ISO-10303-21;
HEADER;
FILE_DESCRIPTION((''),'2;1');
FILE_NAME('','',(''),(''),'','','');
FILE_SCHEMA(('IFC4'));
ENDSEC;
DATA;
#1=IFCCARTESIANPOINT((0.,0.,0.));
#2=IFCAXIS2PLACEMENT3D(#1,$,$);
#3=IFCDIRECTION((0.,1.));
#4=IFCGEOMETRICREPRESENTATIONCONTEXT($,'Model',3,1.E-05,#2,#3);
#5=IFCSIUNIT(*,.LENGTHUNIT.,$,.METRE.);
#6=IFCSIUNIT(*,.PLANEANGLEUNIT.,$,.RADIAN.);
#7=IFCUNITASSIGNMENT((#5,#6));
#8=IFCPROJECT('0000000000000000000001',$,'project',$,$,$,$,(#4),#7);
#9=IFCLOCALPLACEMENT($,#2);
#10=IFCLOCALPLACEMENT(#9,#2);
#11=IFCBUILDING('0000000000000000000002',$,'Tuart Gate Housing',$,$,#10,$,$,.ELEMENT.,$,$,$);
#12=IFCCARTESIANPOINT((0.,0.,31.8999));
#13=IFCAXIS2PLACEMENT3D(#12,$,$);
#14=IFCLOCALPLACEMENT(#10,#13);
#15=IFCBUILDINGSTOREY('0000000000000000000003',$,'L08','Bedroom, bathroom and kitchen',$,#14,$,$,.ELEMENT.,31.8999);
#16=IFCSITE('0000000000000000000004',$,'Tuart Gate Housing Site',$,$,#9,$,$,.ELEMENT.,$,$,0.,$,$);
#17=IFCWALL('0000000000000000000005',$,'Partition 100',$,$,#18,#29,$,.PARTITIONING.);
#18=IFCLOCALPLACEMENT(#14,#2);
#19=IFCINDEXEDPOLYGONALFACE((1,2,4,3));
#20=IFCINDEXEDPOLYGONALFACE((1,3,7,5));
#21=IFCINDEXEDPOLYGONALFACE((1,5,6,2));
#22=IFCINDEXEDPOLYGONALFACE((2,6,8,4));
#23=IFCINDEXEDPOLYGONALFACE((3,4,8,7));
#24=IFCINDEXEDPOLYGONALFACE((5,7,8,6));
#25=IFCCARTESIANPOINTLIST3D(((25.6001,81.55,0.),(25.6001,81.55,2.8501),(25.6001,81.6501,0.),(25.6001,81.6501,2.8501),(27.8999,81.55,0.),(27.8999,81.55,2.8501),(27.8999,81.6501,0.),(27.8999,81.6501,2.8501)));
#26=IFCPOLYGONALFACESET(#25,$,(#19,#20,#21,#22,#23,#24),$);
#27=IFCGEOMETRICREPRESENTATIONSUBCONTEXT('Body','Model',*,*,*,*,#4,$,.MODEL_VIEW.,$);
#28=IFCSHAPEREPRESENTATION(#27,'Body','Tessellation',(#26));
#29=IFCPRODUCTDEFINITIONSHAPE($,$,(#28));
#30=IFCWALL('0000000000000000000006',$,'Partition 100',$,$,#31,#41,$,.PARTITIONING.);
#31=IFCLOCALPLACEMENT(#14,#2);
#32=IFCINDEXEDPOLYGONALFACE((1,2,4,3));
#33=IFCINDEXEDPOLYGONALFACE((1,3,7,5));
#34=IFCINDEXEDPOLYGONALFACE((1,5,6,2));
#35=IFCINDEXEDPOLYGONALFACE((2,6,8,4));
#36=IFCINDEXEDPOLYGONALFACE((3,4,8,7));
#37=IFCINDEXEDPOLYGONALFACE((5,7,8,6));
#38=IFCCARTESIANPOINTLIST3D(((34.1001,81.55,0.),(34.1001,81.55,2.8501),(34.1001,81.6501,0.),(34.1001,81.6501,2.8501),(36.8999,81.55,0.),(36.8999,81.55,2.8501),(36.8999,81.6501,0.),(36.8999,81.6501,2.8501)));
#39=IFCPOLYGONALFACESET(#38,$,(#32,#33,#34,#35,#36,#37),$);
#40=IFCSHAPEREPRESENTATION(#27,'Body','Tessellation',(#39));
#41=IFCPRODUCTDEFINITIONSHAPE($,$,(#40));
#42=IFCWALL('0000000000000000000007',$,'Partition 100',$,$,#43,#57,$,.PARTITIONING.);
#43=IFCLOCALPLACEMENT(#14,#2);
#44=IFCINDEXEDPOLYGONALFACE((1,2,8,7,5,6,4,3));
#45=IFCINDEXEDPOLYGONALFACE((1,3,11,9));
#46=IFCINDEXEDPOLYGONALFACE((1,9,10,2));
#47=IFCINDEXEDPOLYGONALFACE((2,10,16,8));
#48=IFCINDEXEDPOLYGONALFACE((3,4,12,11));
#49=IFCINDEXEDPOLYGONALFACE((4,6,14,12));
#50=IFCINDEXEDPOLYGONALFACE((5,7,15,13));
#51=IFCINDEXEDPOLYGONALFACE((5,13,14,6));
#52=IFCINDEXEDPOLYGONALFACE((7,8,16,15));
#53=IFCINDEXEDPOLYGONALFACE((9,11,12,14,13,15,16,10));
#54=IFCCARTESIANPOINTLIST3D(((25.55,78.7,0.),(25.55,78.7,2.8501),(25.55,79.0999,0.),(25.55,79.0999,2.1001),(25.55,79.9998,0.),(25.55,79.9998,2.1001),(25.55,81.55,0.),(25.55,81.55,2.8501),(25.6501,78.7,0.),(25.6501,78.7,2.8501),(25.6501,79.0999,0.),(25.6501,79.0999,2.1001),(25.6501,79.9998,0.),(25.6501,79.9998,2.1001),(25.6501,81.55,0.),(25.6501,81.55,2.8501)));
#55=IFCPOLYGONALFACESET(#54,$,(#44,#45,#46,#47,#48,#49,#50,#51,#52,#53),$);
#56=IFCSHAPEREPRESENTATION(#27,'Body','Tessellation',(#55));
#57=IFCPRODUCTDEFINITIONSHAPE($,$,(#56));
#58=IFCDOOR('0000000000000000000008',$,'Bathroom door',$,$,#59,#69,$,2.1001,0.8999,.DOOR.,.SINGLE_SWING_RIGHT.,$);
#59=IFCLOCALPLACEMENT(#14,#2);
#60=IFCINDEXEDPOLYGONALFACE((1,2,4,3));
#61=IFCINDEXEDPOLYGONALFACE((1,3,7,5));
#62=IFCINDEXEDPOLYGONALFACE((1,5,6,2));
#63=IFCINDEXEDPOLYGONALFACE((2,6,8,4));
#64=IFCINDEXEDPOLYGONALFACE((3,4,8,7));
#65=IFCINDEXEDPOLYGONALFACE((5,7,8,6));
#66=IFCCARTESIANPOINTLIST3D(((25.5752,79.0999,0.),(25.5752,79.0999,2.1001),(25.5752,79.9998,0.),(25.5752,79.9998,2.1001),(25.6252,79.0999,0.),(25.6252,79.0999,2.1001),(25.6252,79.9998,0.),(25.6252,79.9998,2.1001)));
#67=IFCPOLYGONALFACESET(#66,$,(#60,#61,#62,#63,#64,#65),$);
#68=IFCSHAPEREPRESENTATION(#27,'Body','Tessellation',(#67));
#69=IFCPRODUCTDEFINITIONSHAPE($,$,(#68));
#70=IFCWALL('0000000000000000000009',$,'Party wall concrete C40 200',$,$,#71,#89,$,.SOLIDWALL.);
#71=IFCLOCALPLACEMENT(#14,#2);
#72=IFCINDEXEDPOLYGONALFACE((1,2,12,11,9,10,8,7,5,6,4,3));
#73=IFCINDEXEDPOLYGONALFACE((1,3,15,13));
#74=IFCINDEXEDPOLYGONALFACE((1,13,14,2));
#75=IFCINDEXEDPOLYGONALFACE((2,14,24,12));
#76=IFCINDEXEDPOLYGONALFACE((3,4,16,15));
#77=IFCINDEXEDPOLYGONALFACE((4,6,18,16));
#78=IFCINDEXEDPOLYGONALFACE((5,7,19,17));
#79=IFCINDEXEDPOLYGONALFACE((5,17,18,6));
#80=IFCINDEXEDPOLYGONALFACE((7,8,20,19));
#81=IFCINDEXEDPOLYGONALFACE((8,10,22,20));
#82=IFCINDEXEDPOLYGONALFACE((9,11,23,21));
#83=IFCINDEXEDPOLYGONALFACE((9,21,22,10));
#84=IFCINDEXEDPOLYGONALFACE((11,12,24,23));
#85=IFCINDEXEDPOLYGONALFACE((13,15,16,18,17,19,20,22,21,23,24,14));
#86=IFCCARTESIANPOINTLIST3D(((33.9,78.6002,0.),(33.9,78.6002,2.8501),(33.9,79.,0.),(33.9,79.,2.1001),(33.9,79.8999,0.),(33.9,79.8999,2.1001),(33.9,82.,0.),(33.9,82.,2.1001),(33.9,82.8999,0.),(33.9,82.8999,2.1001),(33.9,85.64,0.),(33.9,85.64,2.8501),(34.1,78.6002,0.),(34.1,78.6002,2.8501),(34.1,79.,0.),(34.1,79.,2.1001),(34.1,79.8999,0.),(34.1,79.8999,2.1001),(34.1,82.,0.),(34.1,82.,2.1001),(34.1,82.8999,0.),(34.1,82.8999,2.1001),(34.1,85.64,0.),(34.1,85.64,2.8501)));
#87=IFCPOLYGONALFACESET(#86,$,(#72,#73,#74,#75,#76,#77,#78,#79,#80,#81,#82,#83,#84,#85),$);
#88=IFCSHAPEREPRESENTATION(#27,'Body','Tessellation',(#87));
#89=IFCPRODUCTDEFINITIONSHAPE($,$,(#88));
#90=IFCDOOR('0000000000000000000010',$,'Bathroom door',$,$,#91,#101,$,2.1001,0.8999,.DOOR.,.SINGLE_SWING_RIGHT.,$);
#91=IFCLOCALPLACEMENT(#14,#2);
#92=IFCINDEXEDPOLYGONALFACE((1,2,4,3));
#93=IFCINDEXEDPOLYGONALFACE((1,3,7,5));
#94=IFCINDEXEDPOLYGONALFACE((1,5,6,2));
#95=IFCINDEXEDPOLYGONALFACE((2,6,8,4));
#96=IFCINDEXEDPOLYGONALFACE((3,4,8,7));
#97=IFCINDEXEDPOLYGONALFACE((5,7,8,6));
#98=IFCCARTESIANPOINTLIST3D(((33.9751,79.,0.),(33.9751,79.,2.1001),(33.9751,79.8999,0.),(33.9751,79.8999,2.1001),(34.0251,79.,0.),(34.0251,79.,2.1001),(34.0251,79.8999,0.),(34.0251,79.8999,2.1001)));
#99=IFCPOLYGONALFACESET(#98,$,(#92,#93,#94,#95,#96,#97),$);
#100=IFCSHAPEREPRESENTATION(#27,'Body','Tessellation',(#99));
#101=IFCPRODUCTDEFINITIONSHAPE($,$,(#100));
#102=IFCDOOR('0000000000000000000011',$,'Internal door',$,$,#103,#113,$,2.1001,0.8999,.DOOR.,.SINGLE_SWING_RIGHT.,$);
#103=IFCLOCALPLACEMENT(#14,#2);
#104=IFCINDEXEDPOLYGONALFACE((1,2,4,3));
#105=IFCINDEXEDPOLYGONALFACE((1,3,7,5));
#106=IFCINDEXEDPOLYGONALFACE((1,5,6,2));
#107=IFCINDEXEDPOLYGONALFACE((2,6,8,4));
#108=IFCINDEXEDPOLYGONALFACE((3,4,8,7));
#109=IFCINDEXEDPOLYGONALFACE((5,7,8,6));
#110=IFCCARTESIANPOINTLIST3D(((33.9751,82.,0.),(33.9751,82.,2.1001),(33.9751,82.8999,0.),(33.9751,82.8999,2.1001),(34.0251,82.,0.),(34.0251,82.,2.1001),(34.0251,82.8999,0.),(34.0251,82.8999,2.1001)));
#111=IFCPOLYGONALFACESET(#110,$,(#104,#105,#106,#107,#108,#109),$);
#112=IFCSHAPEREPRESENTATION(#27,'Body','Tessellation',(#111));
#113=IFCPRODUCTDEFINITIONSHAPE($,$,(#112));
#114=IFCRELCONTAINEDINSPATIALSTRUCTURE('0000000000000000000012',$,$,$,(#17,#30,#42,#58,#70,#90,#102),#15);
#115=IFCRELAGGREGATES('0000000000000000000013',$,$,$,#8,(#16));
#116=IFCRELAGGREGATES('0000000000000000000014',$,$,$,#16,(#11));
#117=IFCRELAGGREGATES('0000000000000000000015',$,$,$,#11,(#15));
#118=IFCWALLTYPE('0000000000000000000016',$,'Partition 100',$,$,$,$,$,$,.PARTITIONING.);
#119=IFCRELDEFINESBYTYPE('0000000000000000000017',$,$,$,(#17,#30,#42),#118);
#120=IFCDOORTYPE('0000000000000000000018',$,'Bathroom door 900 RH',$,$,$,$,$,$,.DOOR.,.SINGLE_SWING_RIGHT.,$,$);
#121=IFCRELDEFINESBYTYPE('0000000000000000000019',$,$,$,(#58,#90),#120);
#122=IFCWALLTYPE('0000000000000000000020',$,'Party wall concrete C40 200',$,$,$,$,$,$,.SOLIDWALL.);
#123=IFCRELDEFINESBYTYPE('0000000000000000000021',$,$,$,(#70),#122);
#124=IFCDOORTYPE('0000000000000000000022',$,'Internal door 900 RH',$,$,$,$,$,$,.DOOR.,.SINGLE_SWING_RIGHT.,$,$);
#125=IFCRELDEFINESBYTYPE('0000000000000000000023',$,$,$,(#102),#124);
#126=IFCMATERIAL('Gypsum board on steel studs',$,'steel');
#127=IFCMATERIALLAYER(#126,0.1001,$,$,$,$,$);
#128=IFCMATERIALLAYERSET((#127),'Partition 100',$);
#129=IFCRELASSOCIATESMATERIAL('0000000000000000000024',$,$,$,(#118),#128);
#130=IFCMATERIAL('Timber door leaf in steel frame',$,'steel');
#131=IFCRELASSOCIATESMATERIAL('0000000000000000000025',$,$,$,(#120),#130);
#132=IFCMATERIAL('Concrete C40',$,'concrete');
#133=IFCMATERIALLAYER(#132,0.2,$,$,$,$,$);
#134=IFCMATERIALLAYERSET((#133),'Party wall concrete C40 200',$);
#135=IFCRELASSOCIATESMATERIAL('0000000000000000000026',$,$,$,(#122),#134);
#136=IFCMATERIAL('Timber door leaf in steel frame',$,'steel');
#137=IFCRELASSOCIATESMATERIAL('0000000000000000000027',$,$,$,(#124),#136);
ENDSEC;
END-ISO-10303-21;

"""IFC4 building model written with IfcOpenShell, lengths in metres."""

from ifc_helpers import new_model, si_unit, direction, frame, frame_2d, origin, place, context, subcontext, project, spatial, rectangle, extrude, material, layer, layer_set, type_object, element, fill, save


model = new_model("IFC4")

# Units and contexts
model_context = context("Model", 3, precision=1e-05, world=origin(), true_north=direction((0.0, 1.0)))
body_context = subcontext(model_context, "Body", "Model", "MODEL_VIEW")
ifc_project = project(units=[si_unit("LENGTHUNIT", "METRE"), si_unit("PLANEANGLEUNIT", "RADIAN")], contexts=[model_context])

# Site, building, storey
site_placement = place(None, origin())
site = spatial("IfcSite", under=ifc_project, at=site_placement, Name="Tuart Gate Housing Site", CompositionType="ELEMENT", RefElevation=0.0)
building_placement = place(site_placement, origin())
building = spatial("IfcBuilding", under=site, at=building_placement, Name="Tuart Gate Housing", CompositionType="ELEMENT")
storey_placement = place(building_placement, frame((0.0, 0.0, 31.8999)))
storey = spatial("IfcBuildingStorey", under=building, at=storey_placement, Name="L08", Description="Bedroom, bathroom and kitchen", CompositionType="ELEMENT", Elevation=31.8999)

# Walls
ifc_material_1 = material(Name="Gypsum board on steel studs", Category="steel")
ifc_layer_1 = layer(ifc_material_1, 0.1001)
ifc_layer_set_1 = layer_set([ifc_layer_1], Name="Partition 100")
wall_type_1 = type_object("IfcWallType", Name="Partition 100", PredefinedType="PARTITIONING", material=ifc_layer_set_1)
wall_1_placement = place(storey_placement, frame((25.6001, 81.6001, 0.0), z_axis=(0.0, 0.0, 1.0), x_axis=(1.0, 0.0, 0.0)))
element("IfcWall", 1, at=wall_1_placement, inside=storey, type_object=wall_type_1, Name="Partition 100", PredefinedType="PARTITIONING", context=body_context, shape_type="SweptSolid", body=[
    extrude(rectangle(XDim=2.2998, YDim=0.1001, at=frame_2d((1.1499, 0.0))), origin(), (0.0, 0.0, 1.0), 2.8501),
])
wall_2_placement = place(storey_placement, frame((34.1001, 81.6001, 0.0), z_axis=(0.0, 0.0, 1.0), x_axis=(1.0, 0.0, 0.0)))
element("IfcWall", 2, at=wall_2_placement, inside=storey, type_object=wall_type_1, Name="Partition 100", PredefinedType="PARTITIONING", context=body_context, shape_type="SweptSolid", body=[
    extrude(rectangle(XDim=2.7998, YDim=0.1001, at=frame_2d((1.3999, 0.0))), origin(), (0.0, 0.0, 1.0), 2.8501),
])

# Wall, opening, door
wall_3_placement = place(storey_placement, frame((25.6001, 78.7, 0.0), z_axis=(0.0, 0.0, 1.0), x_axis=(0.0, 1.0, 0.0)))
wall_3 = element("IfcWall", 3, at=wall_3_placement, inside=storey, type_object=wall_type_1, Name="Partition 100", PredefinedType="PARTITIONING", context=body_context, shape_type="SweptSolid", body=[
    extrude(rectangle(XDim=2.8501, YDim=0.1001, at=frame_2d((1.425, 0.0))), origin(), (0.0, 0.0, 1.0), 2.8501),
])
opening_1_placement = place(wall_3_placement, frame((0.3999, 0.0, 0.0)))
opening_1 = element("IfcOpeningElement", 4, at=opening_1_placement, cuts=wall_3, PredefinedType="OPENING", context=body_context, shape_type="SweptSolid", body=[
    extrude(rectangle(XDim=0.8999, YDim=2.1001, at=frame_2d((0.45, 1.05))), frame((0.0, 0.0601, 0.0), z_axis=(0.0, -1.0, 0.0), x_axis=(1.0, 0.0, 0.0)), (0.0, 0.0, 1.0), 0.1201),
])
ifc_material_2 = material(Name="Timber door leaf in steel frame", Category="steel")
door_type_1 = type_object("IfcDoorType", Name="Bathroom door 900 RH", OperationType="SINGLE_SWING_RIGHT", PredefinedType="DOOR", material=ifc_material_2)
door_1_placement = place(opening_1_placement, frame((0.8999, 0.0, 0.0), z_axis=(0.0, 0.0, 1.0), x_axis=(-1.0, 0.0, 0.0)))
door_1 = element("IfcDoor", 5, at=door_1_placement, inside=storey, type_object=door_type_1, Name="Bathroom door", OperationType="SINGLE_SWING_RIGHT", OverallHeight=2.1001, OverallWidth=0.8999, PredefinedType="DOOR", context=body_context, shape_type="SweptSolid", body=[
    extrude(rectangle(XDim=0.8999, YDim=2.1001, at=frame_2d((0.45, 1.05))), frame((0.0, 0.0251, 0.0), z_axis=(0.0, -1.0, 0.0), x_axis=(1.0, 0.0, 0.0)), (0.0, 0.0, 1.0), 0.05),
])
fill(opening_1, door_1)

# Wall, openings, doors
ifc_material_3 = material(Name="Concrete C40", Category="concrete")
ifc_layer_2 = layer(ifc_material_3, 0.2)
ifc_layer_set_2 = layer_set([ifc_layer_2], Name="Party wall concrete C40 200")
wall_type_2 = type_object("IfcWallType", Name="Party wall concrete C40 200", PredefinedType="SOLIDWALL", material=ifc_layer_set_2)
wall_4_placement = place(storey_placement, frame((34.0, 78.6001, 0.0), z_axis=(0.0, 0.0, 1.0), x_axis=(0.0, 1.0, 0.0)))
wall_4 = element("IfcWall", 6, at=wall_4_placement, inside=storey, type_object=wall_type_2, Name="Party wall concrete C40 200", PredefinedType="SOLIDWALL", context=body_context, shape_type="SweptSolid", body=[
    extrude(rectangle(XDim=7.0398, YDim=0.2, at=frame_2d((3.52, 0.0))), origin(), (0.0, 0.0, 1.0), 2.8501),
])
opening_2_placement = place(wall_4_placement, frame((3.3999, 0.0, 0.0)))
opening_2 = element("IfcOpeningElement", 7, at=opening_2_placement, cuts=wall_4, PredefinedType="OPENING", context=body_context, shape_type="SweptSolid", body=[
    extrude(rectangle(XDim=0.8999, YDim=2.1001, at=frame_2d((0.45, 1.05))), frame((0.0, 0.1099, 0.0), z_axis=(0.0, -1.0, 0.0), x_axis=(1.0, 0.0, 0.0)), (0.0, 0.0, 1.0), 0.22),
])
opening_3_placement = place(wall_4_placement, frame((0.3999, 0.0, 0.0)))
opening_3 = element("IfcOpeningElement", 8, at=opening_3_placement, cuts=wall_4, PredefinedType="OPENING", context=body_context, shape_type="SweptSolid", body=[
    extrude(rectangle(XDim=0.8999, YDim=2.1001, at=frame_2d((0.45, 1.05))), frame((0.0, 0.1099, 0.0), z_axis=(0.0, -1.0, 0.0), x_axis=(1.0, 0.0, 0.0)), (0.0, 0.0, 1.0), 0.22),
])
door_2_placement = place(opening_3_placement, frame((0.8999, 0.0, 0.0), z_axis=(0.0, 0.0, 1.0), x_axis=(-1.0, 0.0, 0.0)))
door_2 = element("IfcDoor", 9, at=door_2_placement, inside=storey, type_object=door_type_1, Name="Bathroom door", OperationType="SINGLE_SWING_RIGHT", OverallHeight=2.1001, OverallWidth=0.8999, PredefinedType="DOOR", context=body_context, shape_type="SweptSolid", body=[
    extrude(rectangle(XDim=0.8999, YDim=2.1001, at=frame_2d((0.45, 1.05))), frame((0.0, 0.0251, 0.0), z_axis=(0.0, -1.0, 0.0), x_axis=(1.0, 0.0, 0.0)), (0.0, 0.0, 1.0), 0.05),
])
fill(opening_3, door_2)
ifc_material_4 = material(Name="Timber door leaf in steel frame", Category="steel")
door_type_2 = type_object("IfcDoorType", Name="Internal door 900 RH", OperationType="SINGLE_SWING_RIGHT", PredefinedType="DOOR", material=ifc_material_4)
door_3_placement = place(opening_2_placement, frame((0.8999, 0.0, 0.0), z_axis=(0.0, 0.0, 1.0), x_axis=(-1.0, 0.0, 0.0)))
door_3 = element("IfcDoor", 10, at=door_3_placement, inside=storey, type_object=door_type_2, Name="Internal door", OperationType="SINGLE_SWING_RIGHT", OverallHeight=2.1001, OverallWidth=0.8999, PredefinedType="DOOR", context=body_context, shape_type="SweptSolid", body=[
    extrude(rectangle(XDim=0.8999, YDim=2.1001, at=frame_2d((0.45, 1.05))), frame((0.0, 0.0251, 0.0), z_axis=(0.0, -1.0, 0.0), x_axis=(1.0, 0.0, 0.0)), (0.0, 0.0, 1.0), 0.05),
])
fill(opening_2, door_3)

save(model, "model.ifc")
